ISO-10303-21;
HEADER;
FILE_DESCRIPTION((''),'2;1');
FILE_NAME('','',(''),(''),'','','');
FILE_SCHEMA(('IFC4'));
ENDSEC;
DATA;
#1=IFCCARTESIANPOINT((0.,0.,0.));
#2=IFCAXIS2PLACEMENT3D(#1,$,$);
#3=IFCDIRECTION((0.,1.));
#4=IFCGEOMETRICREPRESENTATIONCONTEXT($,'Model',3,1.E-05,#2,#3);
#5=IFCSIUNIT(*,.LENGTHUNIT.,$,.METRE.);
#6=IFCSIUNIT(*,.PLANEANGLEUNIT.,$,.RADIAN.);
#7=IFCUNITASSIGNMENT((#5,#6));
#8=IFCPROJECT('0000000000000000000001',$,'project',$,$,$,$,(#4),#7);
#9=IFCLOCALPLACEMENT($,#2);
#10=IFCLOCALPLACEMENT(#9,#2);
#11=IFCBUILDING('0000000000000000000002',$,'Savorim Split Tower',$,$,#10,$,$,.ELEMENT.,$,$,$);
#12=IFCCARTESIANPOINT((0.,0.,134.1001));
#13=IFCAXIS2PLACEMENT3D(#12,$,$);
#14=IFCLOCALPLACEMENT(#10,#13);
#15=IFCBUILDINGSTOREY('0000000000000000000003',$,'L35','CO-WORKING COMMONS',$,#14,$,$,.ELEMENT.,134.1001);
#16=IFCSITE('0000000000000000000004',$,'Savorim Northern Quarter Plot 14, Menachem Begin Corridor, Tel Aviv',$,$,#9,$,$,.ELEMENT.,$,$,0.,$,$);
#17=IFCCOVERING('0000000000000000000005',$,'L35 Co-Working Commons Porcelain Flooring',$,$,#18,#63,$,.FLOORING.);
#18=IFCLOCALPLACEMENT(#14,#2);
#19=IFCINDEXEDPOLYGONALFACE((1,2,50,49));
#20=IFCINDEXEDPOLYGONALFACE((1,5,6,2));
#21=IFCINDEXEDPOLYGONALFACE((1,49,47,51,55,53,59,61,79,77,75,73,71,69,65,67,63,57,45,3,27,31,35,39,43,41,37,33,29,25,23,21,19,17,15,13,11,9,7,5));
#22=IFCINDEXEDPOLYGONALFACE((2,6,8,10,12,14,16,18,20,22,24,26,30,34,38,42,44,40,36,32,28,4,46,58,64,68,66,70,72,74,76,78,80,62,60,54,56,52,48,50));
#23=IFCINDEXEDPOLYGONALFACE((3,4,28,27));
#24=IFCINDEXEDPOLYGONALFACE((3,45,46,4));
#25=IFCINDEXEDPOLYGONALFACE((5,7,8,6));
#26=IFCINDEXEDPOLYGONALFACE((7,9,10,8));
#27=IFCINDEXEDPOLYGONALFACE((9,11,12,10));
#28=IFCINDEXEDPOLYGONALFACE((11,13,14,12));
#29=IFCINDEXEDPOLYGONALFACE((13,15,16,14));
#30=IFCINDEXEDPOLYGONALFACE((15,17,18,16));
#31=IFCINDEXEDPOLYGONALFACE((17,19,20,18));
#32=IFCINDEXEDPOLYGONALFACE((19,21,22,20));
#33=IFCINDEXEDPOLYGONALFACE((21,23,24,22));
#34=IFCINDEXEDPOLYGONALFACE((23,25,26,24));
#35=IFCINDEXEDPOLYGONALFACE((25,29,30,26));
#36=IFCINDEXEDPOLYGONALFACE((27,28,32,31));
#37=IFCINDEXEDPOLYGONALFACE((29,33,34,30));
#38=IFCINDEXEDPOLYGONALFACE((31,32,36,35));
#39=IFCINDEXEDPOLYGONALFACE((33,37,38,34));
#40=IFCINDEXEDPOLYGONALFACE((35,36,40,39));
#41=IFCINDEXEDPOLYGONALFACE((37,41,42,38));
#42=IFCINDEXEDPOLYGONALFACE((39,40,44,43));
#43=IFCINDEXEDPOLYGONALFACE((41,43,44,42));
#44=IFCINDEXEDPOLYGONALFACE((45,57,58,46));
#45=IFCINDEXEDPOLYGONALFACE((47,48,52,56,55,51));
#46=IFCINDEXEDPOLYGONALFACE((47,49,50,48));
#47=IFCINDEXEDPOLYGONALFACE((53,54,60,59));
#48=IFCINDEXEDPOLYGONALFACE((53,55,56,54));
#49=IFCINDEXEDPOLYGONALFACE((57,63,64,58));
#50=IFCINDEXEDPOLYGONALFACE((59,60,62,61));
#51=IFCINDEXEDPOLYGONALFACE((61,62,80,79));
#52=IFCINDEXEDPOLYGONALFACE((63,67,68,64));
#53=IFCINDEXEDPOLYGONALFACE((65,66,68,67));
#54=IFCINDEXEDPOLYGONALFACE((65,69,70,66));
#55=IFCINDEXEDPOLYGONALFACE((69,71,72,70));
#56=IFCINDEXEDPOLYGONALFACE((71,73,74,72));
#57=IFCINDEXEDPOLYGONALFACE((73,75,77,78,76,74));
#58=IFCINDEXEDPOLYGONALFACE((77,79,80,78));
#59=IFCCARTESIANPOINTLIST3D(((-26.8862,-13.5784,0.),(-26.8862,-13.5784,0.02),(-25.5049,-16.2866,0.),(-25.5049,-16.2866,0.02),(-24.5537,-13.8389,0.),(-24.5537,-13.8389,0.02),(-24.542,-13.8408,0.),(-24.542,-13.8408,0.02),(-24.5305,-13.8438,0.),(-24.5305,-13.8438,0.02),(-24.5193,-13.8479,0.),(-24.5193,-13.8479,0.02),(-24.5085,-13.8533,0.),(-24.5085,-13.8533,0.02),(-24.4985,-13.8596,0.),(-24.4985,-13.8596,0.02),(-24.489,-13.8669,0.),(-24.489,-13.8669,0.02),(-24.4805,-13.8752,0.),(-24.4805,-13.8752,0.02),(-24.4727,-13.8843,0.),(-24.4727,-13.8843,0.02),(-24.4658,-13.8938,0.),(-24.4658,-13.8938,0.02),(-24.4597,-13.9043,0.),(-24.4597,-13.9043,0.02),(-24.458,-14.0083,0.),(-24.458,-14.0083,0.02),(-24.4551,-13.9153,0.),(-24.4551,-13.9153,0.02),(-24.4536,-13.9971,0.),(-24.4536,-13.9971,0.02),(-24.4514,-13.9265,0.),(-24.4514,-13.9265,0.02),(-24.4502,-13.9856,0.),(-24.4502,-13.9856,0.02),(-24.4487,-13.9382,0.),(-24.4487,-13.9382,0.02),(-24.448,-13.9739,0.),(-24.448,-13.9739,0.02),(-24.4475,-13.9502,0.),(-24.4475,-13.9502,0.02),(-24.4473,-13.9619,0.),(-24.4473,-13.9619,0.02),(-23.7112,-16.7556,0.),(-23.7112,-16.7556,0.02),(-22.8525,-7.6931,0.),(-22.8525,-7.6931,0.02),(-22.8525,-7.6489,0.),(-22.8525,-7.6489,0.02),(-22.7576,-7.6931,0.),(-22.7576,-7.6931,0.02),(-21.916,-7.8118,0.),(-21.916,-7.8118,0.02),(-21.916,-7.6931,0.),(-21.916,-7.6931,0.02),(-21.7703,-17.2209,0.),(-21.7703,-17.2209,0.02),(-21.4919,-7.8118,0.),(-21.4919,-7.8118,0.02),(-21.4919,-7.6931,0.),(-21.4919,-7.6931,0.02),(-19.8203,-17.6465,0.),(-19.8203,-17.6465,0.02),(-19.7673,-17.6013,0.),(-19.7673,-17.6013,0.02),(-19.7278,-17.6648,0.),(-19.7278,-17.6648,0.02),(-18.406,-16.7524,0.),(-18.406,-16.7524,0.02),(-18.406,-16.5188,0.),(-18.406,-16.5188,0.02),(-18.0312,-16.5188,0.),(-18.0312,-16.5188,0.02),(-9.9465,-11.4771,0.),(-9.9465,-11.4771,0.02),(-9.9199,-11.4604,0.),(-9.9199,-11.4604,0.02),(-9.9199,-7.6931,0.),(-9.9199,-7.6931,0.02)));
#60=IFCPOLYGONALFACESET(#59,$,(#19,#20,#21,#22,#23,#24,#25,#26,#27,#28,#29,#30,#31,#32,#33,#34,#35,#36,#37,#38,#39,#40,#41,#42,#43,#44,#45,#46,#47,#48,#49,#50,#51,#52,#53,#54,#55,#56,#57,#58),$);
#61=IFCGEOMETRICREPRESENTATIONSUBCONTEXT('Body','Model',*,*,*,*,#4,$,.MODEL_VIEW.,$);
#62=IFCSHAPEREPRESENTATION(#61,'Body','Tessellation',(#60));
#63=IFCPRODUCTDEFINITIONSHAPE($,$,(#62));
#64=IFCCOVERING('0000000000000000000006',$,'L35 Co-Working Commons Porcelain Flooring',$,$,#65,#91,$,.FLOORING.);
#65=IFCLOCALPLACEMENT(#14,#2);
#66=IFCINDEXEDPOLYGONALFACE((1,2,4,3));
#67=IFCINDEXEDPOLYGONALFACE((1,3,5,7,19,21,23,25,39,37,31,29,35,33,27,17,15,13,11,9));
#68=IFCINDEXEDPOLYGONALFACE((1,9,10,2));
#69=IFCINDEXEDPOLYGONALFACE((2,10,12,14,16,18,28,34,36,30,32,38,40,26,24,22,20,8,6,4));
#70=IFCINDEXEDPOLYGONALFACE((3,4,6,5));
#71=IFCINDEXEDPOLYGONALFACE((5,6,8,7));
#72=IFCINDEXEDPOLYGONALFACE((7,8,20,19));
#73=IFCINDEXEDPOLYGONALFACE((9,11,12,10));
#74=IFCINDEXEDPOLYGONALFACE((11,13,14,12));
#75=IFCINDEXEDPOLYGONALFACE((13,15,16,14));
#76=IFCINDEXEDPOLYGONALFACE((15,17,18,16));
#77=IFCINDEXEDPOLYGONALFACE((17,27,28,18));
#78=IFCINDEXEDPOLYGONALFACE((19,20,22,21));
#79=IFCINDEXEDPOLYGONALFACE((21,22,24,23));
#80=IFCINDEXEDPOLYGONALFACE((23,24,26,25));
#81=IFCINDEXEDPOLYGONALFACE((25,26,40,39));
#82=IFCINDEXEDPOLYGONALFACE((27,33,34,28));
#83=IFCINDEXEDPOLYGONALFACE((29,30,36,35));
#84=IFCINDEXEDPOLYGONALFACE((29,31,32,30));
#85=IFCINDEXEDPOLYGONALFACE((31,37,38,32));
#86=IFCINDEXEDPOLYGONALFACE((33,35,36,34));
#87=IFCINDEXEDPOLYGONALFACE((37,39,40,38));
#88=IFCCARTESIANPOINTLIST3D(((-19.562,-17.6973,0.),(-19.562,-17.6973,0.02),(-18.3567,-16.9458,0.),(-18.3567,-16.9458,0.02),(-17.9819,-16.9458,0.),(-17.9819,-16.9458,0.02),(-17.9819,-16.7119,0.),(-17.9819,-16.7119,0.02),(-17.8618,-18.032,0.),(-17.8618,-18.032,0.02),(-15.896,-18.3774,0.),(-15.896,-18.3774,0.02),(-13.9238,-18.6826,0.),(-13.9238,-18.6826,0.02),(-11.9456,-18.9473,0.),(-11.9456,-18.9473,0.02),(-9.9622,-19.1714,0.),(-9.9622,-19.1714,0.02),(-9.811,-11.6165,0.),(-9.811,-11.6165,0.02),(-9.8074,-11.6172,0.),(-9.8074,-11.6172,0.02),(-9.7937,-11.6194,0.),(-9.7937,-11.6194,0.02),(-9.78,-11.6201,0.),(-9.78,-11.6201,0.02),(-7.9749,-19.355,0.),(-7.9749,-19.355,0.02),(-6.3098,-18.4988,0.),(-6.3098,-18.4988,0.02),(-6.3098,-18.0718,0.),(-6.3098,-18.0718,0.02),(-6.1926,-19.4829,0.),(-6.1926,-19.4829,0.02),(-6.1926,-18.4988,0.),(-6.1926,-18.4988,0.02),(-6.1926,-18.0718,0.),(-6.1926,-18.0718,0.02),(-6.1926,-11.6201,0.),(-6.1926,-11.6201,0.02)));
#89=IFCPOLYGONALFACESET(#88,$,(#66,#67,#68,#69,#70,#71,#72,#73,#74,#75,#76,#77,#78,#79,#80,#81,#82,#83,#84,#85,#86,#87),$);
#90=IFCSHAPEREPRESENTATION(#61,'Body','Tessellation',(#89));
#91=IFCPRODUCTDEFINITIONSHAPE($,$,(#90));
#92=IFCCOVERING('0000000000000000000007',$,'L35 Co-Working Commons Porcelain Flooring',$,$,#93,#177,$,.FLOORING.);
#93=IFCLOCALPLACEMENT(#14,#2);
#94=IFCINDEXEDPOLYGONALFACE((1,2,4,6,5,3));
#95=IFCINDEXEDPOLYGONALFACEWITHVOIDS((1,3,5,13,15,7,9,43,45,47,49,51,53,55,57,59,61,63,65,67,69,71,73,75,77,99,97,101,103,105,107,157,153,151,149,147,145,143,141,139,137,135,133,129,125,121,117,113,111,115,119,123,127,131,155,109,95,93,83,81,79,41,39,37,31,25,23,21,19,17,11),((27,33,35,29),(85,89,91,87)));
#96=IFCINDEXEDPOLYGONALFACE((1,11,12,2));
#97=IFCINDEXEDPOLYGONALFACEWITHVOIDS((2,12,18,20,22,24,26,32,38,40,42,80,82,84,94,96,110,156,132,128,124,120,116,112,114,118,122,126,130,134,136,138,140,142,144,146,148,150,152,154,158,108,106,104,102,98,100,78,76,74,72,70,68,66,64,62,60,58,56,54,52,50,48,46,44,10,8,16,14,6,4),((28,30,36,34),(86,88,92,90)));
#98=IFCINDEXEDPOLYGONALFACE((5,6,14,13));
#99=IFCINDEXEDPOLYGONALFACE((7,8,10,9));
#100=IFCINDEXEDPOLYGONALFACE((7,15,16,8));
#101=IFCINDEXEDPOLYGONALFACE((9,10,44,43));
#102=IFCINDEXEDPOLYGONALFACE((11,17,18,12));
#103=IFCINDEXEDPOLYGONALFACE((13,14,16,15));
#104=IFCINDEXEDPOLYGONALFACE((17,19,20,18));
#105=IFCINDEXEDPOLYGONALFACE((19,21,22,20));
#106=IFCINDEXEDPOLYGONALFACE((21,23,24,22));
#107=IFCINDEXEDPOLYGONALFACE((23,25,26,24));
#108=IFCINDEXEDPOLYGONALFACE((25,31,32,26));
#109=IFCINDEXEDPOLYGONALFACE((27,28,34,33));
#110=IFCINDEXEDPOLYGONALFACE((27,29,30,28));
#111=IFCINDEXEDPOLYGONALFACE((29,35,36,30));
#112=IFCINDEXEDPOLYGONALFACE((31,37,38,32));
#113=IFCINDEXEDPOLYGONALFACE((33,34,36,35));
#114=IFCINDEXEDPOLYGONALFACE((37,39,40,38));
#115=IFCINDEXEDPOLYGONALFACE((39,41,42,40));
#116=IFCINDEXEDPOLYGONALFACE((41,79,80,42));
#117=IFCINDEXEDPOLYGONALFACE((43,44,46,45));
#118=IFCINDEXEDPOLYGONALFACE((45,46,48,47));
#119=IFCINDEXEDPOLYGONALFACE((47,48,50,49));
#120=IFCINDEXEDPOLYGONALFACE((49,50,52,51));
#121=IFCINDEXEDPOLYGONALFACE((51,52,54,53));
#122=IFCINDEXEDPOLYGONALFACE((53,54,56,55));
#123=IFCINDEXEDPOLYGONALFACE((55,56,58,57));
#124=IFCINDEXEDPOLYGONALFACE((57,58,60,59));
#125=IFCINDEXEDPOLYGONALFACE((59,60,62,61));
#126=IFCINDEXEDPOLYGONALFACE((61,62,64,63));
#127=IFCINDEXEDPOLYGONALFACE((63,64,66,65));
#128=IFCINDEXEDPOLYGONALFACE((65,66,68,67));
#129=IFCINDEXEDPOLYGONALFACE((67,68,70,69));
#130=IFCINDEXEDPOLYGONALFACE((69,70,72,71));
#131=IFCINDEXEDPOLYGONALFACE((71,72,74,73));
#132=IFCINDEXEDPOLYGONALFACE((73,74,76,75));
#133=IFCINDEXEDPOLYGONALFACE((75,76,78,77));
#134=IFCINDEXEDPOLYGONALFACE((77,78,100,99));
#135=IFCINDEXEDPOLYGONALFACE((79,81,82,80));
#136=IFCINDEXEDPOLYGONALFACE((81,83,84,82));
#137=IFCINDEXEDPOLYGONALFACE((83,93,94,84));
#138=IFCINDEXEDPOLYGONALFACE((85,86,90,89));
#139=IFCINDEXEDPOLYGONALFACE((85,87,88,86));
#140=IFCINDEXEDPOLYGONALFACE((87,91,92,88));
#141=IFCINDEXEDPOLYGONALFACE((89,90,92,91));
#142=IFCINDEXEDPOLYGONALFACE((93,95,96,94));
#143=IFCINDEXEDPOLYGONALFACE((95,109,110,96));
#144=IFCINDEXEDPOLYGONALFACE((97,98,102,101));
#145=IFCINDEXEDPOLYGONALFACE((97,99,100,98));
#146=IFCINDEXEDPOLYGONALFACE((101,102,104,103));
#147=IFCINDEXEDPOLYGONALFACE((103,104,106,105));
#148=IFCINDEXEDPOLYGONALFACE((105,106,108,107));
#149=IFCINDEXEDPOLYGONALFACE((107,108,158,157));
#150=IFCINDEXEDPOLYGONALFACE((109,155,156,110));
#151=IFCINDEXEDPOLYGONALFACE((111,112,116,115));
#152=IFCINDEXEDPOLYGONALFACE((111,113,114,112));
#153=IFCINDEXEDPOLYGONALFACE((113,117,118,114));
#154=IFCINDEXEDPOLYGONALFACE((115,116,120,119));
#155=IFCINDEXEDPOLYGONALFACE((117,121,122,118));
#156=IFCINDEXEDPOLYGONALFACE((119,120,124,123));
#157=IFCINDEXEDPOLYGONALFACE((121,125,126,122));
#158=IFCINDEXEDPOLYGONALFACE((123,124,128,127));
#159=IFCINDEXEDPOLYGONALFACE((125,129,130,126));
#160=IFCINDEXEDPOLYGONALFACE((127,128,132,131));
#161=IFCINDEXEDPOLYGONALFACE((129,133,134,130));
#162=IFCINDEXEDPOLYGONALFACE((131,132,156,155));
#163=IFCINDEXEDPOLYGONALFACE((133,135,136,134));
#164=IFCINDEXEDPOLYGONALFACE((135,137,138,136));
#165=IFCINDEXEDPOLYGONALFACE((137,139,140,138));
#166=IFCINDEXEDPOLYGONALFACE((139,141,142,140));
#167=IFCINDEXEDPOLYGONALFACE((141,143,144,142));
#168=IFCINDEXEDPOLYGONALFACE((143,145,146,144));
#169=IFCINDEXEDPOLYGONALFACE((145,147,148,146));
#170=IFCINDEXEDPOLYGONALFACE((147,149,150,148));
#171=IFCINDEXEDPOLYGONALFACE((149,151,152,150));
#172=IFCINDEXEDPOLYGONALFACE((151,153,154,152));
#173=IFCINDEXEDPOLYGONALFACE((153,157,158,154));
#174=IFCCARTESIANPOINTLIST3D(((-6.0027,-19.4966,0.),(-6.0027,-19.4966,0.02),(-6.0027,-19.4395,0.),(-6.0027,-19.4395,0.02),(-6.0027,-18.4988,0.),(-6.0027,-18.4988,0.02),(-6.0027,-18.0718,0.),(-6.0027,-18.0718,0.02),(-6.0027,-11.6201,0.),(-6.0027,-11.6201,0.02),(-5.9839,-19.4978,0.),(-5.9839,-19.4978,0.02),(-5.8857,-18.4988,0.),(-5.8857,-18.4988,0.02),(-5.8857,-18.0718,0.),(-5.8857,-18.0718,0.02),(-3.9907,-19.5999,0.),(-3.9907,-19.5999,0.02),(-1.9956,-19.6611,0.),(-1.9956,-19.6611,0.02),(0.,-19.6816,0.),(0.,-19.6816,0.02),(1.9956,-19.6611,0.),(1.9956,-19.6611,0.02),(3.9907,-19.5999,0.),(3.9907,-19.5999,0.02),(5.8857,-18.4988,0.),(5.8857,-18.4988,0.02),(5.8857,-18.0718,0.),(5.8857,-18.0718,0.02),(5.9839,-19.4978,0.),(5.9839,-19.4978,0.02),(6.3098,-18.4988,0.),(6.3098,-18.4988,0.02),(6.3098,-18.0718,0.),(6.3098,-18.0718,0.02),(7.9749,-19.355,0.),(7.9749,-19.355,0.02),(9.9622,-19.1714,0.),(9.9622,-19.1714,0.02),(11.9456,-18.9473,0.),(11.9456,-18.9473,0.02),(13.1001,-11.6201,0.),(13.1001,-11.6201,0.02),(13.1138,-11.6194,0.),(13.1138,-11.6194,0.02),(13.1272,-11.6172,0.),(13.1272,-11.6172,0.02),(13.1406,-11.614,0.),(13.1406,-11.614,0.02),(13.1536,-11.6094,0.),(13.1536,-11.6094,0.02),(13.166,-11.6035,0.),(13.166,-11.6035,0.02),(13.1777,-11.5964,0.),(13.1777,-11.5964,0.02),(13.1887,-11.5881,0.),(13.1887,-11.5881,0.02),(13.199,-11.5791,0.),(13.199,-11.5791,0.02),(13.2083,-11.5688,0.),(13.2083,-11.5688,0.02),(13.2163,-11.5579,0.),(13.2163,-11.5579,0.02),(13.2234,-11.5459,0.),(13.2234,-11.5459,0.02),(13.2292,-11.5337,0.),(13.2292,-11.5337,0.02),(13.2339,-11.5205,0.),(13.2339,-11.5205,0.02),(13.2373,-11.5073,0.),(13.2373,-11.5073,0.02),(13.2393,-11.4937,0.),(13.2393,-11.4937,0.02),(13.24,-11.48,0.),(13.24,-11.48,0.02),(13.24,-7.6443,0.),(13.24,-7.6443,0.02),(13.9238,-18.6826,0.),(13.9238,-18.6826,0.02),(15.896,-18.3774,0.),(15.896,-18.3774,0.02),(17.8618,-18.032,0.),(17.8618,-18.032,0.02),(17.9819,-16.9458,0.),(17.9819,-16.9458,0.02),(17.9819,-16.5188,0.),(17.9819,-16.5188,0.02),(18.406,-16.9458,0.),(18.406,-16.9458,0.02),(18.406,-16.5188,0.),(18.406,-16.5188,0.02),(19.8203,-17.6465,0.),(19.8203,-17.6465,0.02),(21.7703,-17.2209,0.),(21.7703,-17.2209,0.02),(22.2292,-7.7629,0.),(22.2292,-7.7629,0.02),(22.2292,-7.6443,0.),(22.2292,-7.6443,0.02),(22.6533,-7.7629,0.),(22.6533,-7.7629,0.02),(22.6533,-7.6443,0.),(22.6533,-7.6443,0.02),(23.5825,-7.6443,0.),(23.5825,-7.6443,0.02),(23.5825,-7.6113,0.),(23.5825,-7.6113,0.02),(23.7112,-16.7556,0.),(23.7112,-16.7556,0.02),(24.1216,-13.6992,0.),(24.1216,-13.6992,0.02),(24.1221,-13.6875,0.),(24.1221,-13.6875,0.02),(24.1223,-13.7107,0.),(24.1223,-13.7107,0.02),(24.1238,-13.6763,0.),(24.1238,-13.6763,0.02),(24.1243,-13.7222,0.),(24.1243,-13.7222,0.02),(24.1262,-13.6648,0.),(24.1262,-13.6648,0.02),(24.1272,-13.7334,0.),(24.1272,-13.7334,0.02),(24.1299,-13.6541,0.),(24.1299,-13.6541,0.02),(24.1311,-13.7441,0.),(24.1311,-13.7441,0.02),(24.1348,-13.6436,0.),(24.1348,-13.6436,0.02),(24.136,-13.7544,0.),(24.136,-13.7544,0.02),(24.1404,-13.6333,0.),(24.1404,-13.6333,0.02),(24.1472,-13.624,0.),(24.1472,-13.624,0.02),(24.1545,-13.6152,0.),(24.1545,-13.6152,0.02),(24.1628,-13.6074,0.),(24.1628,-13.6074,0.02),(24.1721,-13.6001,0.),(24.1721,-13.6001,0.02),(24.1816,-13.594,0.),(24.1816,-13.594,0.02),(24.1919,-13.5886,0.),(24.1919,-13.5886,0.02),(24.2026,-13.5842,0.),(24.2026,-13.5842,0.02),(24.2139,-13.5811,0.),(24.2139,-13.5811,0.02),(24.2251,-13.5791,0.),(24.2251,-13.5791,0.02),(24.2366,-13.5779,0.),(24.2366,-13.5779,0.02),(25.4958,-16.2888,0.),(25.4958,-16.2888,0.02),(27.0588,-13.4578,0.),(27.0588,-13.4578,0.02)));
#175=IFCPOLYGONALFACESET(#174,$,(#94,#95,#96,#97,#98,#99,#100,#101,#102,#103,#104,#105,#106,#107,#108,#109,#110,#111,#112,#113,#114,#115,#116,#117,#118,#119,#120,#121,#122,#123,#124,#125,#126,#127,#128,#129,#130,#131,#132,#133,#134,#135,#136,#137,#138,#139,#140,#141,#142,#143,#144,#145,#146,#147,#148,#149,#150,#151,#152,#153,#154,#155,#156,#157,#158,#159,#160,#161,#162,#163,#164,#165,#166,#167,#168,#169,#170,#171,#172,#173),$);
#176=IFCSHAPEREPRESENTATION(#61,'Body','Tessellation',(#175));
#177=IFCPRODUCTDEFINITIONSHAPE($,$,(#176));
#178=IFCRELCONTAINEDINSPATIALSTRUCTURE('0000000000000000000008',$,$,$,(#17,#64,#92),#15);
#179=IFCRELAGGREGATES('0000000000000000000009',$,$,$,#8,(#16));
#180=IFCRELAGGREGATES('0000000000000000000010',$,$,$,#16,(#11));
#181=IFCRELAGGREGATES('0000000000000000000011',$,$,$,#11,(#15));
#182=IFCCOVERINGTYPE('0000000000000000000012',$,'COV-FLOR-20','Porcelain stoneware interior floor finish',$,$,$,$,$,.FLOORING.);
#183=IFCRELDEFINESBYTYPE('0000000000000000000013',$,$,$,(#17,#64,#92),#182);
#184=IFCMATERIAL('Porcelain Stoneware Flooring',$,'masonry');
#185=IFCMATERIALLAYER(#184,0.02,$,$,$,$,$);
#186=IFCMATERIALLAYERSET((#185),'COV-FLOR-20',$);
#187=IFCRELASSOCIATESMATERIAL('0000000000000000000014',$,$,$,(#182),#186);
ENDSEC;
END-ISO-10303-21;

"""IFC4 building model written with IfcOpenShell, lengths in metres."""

from ifc_helpers import new_model, si_unit, direction, frame, origin, place, context, subcontext, project, spatial, polyline, outline, extrude, material, layer, layer_set, type_object, element, save


model = new_model("IFC4")

# Units and contexts
model_context = context("Model", 3, precision=1e-05, world=origin(), true_north=direction((0.0, 1.0)))
body_context = subcontext(model_context, "Body", "Model", "MODEL_VIEW")
ifc_project = project(units=[si_unit("LENGTHUNIT", "METRE"), si_unit("PLANEANGLEUNIT", "RADIAN")], contexts=[model_context])

# Site, building, storey
site_placement = place(None, origin())
site = spatial("IfcSite", under=ifc_project, at=site_placement, Name="Savorim Northern Quarter Plot 14, Menachem Begin Corridor, Tel Aviv", CompositionType="ELEMENT", RefElevation=0.0)
building_placement = place(site_placement, origin())
building = spatial("IfcBuilding", under=site, at=building_placement, Name="Savorim Split Tower", CompositionType="ELEMENT")
storey_placement = place(building_placement, frame((0.0, 0.0, 134.1001)))
storey = spatial("IfcBuildingStorey", under=building, at=storey_placement, Name="L35", Description="CO-WORKING COMMONS", CompositionType="ELEMENT", Elevation=134.1001)

# Coverings
ifc_material_1 = material(Name="Porcelain Stoneware Flooring", Category="masonry")
ifc_layer_1 = layer(ifc_material_1, 0.02)
ifc_layer_set_1 = layer_set([ifc_layer_1], Name="COV-FLOR-20")
covering_type_1 = type_object("IfcCoveringType", Name="COV-FLOR-20", Description="Porcelain stoneware interior floor finish", PredefinedType="FLOORING", material=ifc_layer_set_1)
covering_1_placement = place(storey_placement, origin())
element("IfcCovering", 1, at=covering_1_placement, inside=storey, type_object=covering_type_1, Name="L35 Co-Working Commons Porcelain Flooring", PredefinedType="FLOORING", context=body_context, shape_type="SweptSolid", body=[
    extrude(outline(polyline([(-24.4473, -13.9619), (-24.448, -13.9739), (-24.4502, -13.9856), (-24.4536, -13.9971), (-24.458, -14.0083), (-25.5049, -16.2866), (-23.7112, -16.7556), (-21.7703, -17.2209), (-19.8203, -17.6465), (-19.7278, -17.6648), (-19.7673, -17.6013), (-18.406, -16.7524), (-18.406, -16.5188), (-18.0312, -16.5188), (-9.9465, -11.4771), (-9.9199, -11.4604), (-9.9199, -7.6931), (-21.4919, -7.6931), (-21.4919, -7.8118), (-21.916, -7.8118), (-21.916, -7.6931), (-22.7576, -7.6931), (-22.8525, -7.6931), (-22.8525, -7.6489), (-26.8862, -13.5784), (-24.5537, -13.8389), (-24.542, -13.8408), (-24.5305, -13.8438), (-24.5193, -13.8479), (-24.5085, -13.8533), (-24.4985, -13.8596), (-24.489, -13.8669), (-24.4805, -13.8752), (-24.4727, -13.8843), (-24.4658, -13.8938), (-24.4597, -13.9043), (-24.4551, -13.9153), (-24.4514, -13.9265), (-24.4487, -13.9382), (-24.4475, -13.9502), (-24.4473, -13.9619)])), origin(), (0.0, 0.0, 1.0), 0.02),
])
covering_2_placement = place(storey_placement, origin())
element("IfcCovering", 2, at=covering_2_placement, inside=storey, type_object=covering_type_1, Name="L35 Co-Working Commons Porcelain Flooring", PredefinedType="FLOORING", context=body_context, shape_type="SweptSolid", body=[
    extrude(outline(polyline([(-13.9238, -18.6826), (-11.9456, -18.9473), (-9.9622, -19.1714), (-7.9749, -19.355), (-6.1926, -19.4829), (-6.1926, -18.4988), (-6.3098, -18.4988), (-6.3098, -18.0718), (-6.1926, -18.0718), (-6.1926, -11.6201), (-9.78, -11.6201), (-9.7937, -11.6194), (-9.8074, -11.6172), (-9.811, -11.6165), (-17.9819, -16.7119), (-17.9819, -16.9458), (-18.3567, -16.9458), (-19.562, -17.6973), (-17.8618, -18.032), (-15.896, -18.3774), (-13.9238, -18.6826)])), origin(), (0.0, 0.0, 1.0), 0.02),
])
covering_3_placement = place(storey_placement, origin())
element("IfcCovering", 3, at=covering_3_placement, inside=storey, type_object=covering_type_1, Name="L35 Co-Working Commons Porcelain Flooring", PredefinedType="FLOORING", context=body_context, shape_type="SweptSolid", body=[
    extrude(outline(polyline([(24.2139, -13.5811), (24.2251, -13.5791), (24.2366, -13.5779), (27.0588, -13.4578), (23.5825, -7.6113), (23.5825, -7.6443), (22.6533, -7.6443), (22.6533, -7.7629), (22.2292, -7.7629), (22.2292, -7.6443), (13.24, -7.6443), (13.24, -11.48), (13.2393, -11.4937), (13.2373, -11.5073), (13.2339, -11.5205), (13.2292, -11.5337), (13.2234, -11.5459), (13.2163, -11.5579), (13.2083, -11.5688), (13.199, -11.5791), (13.1887, -11.5881), (13.1777, -11.5964), (13.166, -11.6035), (13.1536, -11.6094), (13.1406, -11.614), (13.1272, -11.6172), (13.1138, -11.6194), (13.1001, -11.6201), (-6.0027, -11.6201), (-6.0027, -18.0718), (-5.8857, -18.0718), (-5.8857, -18.4988), (-6.0027, -18.4988), (-6.0027, -19.4395), (-6.0027, -19.4966), (-5.9839, -19.4978), (-3.9907, -19.5999), (-1.9956, -19.6611), (0.0, -19.6816), (1.9956, -19.6611), (3.9907, -19.5999), (5.9839, -19.4978), (7.9749, -19.355), (9.9622, -19.1714), (11.9456, -18.9473), (13.9238, -18.6826), (15.896, -18.3774), (17.8618, -18.032), (19.8203, -17.6465), (21.7703, -17.2209), (23.7112, -16.7556), (25.4958, -16.2888), (24.136, -13.7544), (24.1311, -13.7441), (24.1272, -13.7334), (24.1243, -13.7222), (24.1223, -13.7107), (24.1216, -13.6992), (24.1221, -13.6875), (24.1238, -13.6763), (24.1262, -13.6648), (24.1299, -13.6541), (24.1348, -13.6436), (24.1404, -13.6333), (24.1472, -13.624), (24.1545, -13.6152), (24.1628, -13.6074), (24.1721, -13.6001), (24.1816, -13.594), (24.1919, -13.5886), (24.2026, -13.5842), (24.2139, -13.5811)]), holes=[polyline([(5.8857, -18.4988), (6.3098, -18.4988), (6.3098, -18.0718), (5.8857, -18.0718), (5.8857, -18.4988)]), polyline([(18.406, -16.9458), (18.406, -16.5188), (17.9819, -16.5188), (17.9819, -16.9458), (18.406, -16.9458)])]), origin(), (0.0, 0.0, 1.0), 0.02),
])

save(model, "model.ifc")
